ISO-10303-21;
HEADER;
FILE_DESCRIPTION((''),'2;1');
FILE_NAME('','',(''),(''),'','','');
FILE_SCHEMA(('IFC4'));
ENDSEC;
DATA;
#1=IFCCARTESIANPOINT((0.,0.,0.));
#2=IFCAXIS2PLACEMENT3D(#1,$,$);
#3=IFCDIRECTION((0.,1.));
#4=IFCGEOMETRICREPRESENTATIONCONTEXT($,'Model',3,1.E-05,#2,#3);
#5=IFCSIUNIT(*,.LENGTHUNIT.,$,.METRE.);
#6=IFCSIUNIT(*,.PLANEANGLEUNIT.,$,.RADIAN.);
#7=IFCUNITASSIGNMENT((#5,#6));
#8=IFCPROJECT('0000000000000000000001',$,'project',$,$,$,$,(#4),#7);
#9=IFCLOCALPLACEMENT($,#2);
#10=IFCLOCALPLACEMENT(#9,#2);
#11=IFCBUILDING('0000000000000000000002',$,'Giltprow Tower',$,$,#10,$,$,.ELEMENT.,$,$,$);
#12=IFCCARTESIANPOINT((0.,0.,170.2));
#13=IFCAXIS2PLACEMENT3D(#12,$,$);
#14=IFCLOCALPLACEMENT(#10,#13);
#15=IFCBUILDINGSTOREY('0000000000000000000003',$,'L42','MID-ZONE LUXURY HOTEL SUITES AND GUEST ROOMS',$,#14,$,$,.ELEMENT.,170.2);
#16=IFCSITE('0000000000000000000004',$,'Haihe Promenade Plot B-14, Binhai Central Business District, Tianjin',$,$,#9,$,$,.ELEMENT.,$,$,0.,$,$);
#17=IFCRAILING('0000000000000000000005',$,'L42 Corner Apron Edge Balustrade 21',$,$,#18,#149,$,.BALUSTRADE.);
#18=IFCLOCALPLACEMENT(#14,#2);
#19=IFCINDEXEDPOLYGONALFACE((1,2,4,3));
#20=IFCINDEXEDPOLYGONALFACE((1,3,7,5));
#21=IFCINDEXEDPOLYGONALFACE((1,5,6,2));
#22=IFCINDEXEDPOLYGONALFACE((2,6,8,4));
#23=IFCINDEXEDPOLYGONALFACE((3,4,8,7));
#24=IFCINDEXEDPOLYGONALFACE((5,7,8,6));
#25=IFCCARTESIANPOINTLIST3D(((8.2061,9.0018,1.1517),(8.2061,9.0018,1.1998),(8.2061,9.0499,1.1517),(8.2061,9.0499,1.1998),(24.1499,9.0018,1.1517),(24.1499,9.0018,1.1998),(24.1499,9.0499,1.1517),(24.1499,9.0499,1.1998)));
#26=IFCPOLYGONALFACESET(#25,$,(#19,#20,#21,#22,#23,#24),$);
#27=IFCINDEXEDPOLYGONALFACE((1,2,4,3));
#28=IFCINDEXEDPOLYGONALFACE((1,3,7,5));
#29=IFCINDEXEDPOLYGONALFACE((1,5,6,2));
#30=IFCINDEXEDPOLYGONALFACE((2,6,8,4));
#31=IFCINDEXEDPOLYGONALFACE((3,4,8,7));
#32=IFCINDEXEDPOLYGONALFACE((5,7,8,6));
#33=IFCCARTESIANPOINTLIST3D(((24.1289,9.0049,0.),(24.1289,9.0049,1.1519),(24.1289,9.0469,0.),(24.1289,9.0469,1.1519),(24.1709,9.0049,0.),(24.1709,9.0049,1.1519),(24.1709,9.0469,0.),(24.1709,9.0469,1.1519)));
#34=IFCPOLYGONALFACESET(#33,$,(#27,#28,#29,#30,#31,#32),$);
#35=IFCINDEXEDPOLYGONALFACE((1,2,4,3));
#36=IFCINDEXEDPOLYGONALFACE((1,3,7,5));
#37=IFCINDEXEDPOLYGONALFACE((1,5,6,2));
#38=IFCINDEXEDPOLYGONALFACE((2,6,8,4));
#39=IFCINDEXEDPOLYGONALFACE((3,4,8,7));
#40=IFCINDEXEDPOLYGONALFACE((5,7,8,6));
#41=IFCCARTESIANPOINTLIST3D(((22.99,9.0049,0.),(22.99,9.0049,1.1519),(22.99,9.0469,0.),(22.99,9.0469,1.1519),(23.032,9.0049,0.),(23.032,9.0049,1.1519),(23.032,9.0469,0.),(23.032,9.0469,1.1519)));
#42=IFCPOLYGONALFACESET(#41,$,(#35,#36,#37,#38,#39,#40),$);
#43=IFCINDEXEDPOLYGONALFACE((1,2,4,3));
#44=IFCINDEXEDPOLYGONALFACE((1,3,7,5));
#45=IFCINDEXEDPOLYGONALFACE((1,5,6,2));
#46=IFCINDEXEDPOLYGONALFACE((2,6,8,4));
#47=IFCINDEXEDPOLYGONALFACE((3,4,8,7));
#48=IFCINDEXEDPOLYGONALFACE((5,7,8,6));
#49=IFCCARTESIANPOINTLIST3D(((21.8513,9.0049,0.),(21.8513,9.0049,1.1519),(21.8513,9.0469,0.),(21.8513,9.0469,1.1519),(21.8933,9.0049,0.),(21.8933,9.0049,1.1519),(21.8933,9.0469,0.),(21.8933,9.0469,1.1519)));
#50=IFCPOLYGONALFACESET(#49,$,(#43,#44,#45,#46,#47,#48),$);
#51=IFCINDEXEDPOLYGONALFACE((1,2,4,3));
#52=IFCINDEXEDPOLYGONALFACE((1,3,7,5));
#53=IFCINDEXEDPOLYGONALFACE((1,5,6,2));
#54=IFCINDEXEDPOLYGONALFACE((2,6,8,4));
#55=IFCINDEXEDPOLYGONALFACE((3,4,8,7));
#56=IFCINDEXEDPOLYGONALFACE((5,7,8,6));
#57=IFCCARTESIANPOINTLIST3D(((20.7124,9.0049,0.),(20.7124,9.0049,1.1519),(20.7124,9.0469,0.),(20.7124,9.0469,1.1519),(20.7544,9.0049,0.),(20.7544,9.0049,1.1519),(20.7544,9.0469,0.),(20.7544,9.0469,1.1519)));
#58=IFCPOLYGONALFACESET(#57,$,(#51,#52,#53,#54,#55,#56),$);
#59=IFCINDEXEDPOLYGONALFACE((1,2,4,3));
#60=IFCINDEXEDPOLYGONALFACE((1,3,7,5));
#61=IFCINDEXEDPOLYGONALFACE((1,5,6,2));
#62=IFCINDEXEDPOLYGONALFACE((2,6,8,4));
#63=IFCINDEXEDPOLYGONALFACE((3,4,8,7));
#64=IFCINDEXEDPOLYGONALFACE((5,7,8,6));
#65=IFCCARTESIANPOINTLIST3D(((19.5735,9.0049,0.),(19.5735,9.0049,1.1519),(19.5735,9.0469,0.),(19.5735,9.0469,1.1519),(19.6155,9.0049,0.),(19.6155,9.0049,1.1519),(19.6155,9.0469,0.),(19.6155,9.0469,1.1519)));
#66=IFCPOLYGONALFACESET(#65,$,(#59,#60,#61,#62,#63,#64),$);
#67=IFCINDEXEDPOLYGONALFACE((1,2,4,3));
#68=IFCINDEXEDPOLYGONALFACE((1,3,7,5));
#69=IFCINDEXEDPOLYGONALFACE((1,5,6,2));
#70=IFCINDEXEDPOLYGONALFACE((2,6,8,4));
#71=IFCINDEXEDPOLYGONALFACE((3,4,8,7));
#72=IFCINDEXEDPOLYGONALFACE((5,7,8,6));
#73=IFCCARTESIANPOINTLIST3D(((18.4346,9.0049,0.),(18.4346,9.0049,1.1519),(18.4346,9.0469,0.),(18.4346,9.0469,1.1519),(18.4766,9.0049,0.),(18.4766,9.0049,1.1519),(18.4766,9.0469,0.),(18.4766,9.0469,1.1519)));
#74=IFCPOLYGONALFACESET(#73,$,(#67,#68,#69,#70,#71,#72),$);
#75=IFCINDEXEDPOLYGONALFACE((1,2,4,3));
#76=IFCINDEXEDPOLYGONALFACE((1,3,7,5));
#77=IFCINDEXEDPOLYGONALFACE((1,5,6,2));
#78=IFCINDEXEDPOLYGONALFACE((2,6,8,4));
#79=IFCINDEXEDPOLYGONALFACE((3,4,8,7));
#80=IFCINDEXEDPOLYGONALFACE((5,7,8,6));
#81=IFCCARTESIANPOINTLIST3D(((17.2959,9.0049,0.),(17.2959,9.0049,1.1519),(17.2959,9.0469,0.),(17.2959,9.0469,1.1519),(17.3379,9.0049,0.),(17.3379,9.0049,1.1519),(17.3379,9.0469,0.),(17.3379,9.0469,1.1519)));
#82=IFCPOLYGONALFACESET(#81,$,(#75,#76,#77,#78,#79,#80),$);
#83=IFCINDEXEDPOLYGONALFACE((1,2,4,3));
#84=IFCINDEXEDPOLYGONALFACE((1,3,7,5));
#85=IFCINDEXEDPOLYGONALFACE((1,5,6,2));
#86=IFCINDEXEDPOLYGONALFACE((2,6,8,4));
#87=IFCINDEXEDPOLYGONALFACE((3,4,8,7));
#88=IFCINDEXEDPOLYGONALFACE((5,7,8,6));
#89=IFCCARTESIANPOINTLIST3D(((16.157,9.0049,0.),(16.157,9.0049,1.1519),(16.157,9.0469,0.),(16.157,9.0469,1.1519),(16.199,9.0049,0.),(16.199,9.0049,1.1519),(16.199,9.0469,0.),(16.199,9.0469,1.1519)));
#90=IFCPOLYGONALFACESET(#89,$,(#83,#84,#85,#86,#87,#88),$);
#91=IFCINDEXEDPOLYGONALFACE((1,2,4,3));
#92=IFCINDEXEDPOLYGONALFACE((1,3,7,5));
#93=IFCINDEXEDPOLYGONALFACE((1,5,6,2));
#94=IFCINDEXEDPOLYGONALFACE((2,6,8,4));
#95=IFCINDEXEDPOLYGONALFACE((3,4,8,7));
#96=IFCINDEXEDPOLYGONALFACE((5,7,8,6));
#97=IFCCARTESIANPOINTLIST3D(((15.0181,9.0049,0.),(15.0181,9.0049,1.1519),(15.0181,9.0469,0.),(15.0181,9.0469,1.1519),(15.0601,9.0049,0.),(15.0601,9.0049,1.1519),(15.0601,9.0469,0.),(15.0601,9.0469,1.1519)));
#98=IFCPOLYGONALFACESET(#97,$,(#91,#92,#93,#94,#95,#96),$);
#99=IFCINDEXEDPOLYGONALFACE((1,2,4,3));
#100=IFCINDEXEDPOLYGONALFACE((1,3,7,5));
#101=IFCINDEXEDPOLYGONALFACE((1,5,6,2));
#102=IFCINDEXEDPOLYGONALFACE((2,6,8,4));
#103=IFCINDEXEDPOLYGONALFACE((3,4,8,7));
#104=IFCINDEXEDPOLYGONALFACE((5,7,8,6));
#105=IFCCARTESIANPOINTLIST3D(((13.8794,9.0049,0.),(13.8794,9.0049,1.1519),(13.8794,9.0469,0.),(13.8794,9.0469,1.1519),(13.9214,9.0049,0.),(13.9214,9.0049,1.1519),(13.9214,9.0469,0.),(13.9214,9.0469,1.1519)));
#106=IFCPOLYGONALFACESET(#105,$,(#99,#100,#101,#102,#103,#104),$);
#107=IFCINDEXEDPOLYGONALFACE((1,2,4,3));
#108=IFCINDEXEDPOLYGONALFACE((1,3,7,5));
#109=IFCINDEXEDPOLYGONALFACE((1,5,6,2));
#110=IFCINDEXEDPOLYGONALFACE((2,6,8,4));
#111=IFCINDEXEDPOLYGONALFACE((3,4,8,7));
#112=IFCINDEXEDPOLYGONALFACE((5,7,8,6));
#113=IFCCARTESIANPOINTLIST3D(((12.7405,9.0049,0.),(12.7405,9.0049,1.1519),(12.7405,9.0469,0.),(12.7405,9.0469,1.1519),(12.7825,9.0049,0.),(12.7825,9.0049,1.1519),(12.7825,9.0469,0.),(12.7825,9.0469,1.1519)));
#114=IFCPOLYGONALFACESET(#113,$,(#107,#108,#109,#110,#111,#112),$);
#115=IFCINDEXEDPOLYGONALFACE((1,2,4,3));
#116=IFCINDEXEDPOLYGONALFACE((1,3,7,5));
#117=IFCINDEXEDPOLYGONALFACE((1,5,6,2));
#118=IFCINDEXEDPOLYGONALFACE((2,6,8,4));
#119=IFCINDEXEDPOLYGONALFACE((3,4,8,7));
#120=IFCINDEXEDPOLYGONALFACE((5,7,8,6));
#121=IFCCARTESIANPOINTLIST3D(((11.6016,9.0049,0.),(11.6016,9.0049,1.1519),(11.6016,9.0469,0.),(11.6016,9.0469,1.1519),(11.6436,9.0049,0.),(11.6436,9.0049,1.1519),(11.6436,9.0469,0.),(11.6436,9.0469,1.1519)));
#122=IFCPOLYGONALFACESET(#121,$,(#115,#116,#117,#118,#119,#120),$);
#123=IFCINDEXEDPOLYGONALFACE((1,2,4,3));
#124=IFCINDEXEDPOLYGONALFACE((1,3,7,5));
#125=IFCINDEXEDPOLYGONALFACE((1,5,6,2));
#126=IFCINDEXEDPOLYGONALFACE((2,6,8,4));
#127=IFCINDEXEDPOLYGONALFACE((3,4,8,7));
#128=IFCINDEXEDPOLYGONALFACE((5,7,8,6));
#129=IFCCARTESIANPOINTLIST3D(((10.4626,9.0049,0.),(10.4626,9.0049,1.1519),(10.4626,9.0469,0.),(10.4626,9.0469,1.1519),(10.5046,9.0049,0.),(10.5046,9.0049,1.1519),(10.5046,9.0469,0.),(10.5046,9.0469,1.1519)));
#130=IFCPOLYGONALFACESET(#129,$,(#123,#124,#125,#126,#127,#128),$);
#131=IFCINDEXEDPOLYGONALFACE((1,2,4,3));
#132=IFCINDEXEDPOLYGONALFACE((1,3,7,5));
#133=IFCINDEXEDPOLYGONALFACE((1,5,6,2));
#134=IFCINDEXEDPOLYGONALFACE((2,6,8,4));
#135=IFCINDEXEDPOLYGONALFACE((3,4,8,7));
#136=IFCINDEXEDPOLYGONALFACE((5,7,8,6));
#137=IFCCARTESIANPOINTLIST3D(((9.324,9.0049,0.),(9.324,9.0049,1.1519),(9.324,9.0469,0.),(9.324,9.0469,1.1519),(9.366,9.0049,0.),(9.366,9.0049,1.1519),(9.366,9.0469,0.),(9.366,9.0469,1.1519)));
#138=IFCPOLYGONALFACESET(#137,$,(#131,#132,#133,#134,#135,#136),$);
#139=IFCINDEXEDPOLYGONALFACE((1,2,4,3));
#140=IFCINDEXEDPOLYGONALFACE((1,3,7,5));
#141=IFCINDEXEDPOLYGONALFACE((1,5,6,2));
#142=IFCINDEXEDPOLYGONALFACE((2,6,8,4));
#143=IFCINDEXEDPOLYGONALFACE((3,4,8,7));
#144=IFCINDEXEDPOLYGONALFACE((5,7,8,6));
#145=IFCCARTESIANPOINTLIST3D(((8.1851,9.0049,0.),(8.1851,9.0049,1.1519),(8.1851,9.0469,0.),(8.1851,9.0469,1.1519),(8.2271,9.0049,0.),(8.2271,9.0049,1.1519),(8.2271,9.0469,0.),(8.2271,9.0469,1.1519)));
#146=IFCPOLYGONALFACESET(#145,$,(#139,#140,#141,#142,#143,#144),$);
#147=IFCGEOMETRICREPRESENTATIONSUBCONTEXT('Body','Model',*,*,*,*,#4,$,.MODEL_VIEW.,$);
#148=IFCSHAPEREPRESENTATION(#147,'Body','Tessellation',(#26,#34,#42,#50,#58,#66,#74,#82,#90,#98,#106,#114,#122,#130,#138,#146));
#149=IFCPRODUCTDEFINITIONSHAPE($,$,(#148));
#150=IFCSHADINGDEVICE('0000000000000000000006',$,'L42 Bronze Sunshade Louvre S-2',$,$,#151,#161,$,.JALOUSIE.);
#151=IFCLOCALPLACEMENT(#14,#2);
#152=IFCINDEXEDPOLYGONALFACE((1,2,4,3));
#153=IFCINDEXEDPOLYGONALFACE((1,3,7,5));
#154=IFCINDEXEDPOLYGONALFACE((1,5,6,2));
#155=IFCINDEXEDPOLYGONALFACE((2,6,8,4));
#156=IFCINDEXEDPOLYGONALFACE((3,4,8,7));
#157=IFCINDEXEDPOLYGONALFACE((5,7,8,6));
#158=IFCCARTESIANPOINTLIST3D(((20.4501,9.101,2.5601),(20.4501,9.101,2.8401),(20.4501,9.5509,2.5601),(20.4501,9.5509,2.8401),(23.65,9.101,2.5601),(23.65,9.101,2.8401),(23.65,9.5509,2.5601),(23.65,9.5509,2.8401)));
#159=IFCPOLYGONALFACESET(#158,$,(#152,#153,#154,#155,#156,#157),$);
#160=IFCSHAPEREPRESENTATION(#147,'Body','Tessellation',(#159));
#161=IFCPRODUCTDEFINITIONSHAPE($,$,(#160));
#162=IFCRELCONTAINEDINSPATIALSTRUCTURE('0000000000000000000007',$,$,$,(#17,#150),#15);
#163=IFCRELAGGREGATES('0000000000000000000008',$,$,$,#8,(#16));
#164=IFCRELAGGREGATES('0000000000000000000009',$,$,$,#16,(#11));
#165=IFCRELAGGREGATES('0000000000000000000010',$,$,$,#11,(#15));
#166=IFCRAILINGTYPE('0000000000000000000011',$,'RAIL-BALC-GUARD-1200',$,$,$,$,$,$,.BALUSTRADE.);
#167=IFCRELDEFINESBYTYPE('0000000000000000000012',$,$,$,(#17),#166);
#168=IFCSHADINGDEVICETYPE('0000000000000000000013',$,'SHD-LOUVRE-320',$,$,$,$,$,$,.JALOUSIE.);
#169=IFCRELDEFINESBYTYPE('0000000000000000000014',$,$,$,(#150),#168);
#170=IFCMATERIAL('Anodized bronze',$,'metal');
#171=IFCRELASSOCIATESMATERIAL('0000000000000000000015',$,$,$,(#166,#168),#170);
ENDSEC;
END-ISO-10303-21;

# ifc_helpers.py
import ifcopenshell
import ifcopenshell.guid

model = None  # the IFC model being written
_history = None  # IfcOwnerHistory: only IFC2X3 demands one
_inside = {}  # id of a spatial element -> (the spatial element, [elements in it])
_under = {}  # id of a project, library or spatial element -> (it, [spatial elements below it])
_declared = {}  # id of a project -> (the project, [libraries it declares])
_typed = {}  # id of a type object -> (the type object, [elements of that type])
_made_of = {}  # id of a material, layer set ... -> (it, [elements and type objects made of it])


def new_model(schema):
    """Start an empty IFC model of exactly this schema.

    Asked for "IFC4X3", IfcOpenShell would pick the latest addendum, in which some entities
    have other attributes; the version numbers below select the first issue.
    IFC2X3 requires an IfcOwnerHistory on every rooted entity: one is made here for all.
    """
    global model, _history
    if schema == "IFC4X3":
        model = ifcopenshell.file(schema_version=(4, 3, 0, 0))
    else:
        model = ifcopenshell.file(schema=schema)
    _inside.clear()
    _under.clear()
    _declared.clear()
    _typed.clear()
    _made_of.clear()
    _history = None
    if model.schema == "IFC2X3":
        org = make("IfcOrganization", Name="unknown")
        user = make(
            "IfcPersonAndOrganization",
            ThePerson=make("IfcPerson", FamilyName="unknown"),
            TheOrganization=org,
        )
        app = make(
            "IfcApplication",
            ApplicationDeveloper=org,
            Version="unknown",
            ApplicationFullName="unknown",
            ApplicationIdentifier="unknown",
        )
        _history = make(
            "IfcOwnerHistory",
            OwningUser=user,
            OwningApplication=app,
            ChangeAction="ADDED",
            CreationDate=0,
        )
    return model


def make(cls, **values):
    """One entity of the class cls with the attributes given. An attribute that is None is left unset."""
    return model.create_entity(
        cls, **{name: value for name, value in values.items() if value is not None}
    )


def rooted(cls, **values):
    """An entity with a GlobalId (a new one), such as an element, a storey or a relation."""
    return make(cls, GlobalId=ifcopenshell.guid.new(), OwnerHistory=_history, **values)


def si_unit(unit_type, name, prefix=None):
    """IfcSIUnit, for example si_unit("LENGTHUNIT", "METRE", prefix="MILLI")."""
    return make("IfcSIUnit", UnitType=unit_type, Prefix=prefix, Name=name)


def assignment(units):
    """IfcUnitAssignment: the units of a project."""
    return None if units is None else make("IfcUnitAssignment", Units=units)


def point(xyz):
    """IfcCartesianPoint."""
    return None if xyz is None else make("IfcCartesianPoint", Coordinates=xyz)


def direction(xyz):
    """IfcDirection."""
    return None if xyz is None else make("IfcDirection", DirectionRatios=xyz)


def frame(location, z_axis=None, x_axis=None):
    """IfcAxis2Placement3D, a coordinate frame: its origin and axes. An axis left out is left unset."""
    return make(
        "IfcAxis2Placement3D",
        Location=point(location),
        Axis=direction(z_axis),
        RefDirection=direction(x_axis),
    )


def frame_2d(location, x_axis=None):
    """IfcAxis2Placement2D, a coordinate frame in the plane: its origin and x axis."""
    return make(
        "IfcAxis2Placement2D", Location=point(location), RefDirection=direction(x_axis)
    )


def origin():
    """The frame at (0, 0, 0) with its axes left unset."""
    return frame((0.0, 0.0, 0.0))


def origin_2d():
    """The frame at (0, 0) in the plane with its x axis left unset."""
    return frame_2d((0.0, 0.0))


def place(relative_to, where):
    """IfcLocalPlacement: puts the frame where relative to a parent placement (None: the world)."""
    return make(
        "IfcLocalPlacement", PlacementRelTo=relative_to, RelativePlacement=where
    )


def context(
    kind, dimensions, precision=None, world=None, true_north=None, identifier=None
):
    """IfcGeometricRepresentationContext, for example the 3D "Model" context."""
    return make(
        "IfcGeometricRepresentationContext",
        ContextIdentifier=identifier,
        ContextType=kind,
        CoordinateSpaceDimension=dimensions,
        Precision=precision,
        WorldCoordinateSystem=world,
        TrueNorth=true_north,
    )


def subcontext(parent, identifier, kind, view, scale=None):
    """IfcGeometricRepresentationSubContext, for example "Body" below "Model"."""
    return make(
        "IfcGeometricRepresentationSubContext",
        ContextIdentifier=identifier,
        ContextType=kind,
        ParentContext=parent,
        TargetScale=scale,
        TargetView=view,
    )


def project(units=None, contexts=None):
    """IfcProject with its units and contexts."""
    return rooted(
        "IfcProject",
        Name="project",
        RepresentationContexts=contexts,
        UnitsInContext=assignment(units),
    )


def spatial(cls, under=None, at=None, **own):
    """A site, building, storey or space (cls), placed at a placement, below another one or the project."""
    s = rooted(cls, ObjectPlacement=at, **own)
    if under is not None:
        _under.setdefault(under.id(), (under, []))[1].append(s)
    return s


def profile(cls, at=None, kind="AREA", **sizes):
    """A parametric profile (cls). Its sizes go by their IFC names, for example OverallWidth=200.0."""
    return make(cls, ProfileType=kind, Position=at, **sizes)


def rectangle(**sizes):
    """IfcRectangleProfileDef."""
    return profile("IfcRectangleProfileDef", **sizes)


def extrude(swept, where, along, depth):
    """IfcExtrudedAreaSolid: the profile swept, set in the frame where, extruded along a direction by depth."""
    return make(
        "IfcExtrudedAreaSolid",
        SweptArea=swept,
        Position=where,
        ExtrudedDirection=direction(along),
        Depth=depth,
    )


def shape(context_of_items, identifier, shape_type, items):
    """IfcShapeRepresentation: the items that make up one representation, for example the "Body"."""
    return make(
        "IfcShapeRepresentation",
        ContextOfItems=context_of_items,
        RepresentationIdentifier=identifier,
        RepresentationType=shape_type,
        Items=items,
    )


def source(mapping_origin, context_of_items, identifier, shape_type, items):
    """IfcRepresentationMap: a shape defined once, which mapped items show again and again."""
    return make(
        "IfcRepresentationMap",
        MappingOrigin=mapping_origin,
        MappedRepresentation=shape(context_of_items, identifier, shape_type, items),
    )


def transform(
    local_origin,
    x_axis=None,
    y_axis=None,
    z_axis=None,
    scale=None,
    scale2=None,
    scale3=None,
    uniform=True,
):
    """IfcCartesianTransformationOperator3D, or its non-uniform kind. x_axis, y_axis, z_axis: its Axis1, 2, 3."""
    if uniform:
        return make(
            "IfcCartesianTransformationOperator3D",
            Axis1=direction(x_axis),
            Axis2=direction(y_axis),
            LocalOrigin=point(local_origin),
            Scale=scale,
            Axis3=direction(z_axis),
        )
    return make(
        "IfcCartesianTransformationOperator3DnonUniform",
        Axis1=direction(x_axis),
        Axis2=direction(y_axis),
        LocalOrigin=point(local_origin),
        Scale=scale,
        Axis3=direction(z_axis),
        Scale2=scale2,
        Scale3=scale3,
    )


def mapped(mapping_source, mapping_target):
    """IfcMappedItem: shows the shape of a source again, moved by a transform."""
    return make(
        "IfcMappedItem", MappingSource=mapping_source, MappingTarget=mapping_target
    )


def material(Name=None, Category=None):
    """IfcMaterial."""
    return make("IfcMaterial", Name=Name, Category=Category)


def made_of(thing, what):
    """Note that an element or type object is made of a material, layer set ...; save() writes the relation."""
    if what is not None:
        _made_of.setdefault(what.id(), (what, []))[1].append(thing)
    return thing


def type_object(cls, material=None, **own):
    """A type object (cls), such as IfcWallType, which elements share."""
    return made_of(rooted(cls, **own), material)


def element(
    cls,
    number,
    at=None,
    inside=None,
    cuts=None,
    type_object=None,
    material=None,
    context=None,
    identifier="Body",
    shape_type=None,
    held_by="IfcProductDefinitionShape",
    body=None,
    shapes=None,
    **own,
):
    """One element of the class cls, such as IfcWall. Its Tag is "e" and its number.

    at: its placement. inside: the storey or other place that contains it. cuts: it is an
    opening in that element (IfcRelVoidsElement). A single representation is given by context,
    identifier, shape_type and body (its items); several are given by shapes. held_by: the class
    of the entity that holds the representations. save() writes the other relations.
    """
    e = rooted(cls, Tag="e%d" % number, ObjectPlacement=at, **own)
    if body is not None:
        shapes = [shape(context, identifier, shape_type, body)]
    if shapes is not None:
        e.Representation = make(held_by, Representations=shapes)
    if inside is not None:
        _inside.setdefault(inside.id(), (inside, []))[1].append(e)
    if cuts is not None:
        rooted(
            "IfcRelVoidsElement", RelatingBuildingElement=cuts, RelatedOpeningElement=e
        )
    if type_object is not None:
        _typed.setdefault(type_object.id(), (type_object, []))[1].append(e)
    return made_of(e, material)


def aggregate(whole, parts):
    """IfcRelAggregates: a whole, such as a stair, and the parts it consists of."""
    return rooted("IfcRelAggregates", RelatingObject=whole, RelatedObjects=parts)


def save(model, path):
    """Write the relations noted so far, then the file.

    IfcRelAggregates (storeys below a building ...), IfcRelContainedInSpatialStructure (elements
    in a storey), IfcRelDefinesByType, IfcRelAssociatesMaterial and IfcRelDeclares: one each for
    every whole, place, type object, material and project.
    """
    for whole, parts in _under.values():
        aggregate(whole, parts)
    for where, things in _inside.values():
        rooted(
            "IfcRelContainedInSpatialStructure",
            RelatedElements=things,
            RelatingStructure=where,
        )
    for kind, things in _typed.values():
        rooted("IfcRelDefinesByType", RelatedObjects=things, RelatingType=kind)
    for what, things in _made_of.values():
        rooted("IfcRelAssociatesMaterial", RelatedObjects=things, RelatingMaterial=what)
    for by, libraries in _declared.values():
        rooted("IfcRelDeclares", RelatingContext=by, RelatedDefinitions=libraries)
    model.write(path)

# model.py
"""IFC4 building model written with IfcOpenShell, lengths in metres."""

from ifc_helpers import new_model, si_unit, direction, frame, origin, origin_2d, place, context, subcontext, project, spatial, rectangle, extrude, source, transform, mapped, material, type_object, element, save


model = new_model("IFC4")

# Units and contexts
model_context = context("Model", 3, precision=1e-05, world=origin(), true_north=direction((0.0, 1.0)))
body_context = subcontext(model_context, "Body", "Model", "MODEL_VIEW")
ifc_project = project(units=[si_unit("LENGTHUNIT", "METRE"), si_unit("PLANEANGLEUNIT", "RADIAN")], contexts=[model_context])

# Site, building, storey
site_placement = place(None, origin())
site = spatial("IfcSite", under=ifc_project, at=site_placement, Name="Haihe Promenade Plot B-14, Binhai Central Business District, Tianjin", CompositionType="ELEMENT", RefElevation=0.0)
building_placement = place(site_placement, origin())
building = spatial("IfcBuilding", under=site, at=building_placement, Name="Giltprow Tower", CompositionType="ELEMENT")
storey_placement = place(building_placement, frame((0.0, 0.0, 170.2)))
storey = spatial("IfcBuildingStorey", under=building, at=storey_placement, Name="L42", Description="MID-ZONE LUXURY HOTEL SUITES AND GUEST ROOMS", CompositionType="ELEMENT", Elevation=170.2)

# Shared definitions
ifc_material_1 = material(Name="Anodized bronze", Category="metal")

# Railing
railing_type = type_object("IfcRailingType", Name="RAIL-BALC-GUARD-1200", PredefinedType="BALUSTRADE", material=ifc_material_1)
railing_1_placement = place(storey_placement, frame((24.1499, 9.0259, 0.0)))
element("IfcRailing", 1, at=railing_1_placement, inside=storey, type_object=railing_type, Name="L42 Corner Apron Edge Balustrade 21", PredefinedType="BALUSTRADE", context=body_context, shape_type="SweptSolid", body=[
    extrude(rectangle(XDim=0.0481, YDim=0.0481, at=origin_2d()), frame((0.0, 0.0, 1.1758), z_axis=(-1.0, 0.0, 0.0), x_axis=(0.0, -1.0, 0.0)), (0.0, 0.0, 1.0), 15.9438),
    extrude(rectangle(XDim=0.042, YDim=0.042, at=origin_2d()), origin(), (0.0, 0.0, 1.0), 1.1519),
    extrude(rectangle(XDim=0.042, YDim=0.042, at=origin_2d()), frame((-1.1389, 0.0, 0.0)), (0.0, 0.0, 1.0), 1.1519),
    extrude(rectangle(XDim=0.042, YDim=0.042, at=origin_2d()), frame((-2.2776, 0.0, 0.0)), (0.0, 0.0, 1.0), 1.1519),
    extrude(rectangle(XDim=0.042, YDim=0.042, at=origin_2d()), frame((-3.4165, 0.0, 0.0)), (0.0, 0.0, 1.0), 1.1519),
    extrude(rectangle(XDim=0.042, YDim=0.042, at=origin_2d()), frame((-4.5554, 0.0, 0.0)), (0.0, 0.0, 1.0), 1.1519),
    extrude(rectangle(XDim=0.042, YDim=0.042, at=origin_2d()), frame((-5.6943, 0.0, 0.0)), (0.0, 0.0, 1.0), 1.1519),
    extrude(rectangle(XDim=0.042, YDim=0.042, at=origin_2d()), frame((-6.833, 0.0, 0.0)), (0.0, 0.0, 1.0), 1.1519),
    extrude(rectangle(XDim=0.042, YDim=0.042, at=origin_2d()), frame((-7.9719, 0.0, 0.0)), (0.0, 0.0, 1.0), 1.1519),
    extrude(rectangle(XDim=0.042, YDim=0.042, at=origin_2d()), frame((-9.1108, 0.0, 0.0)), (0.0, 0.0, 1.0), 1.1519),
    extrude(rectangle(XDim=0.042, YDim=0.042, at=origin_2d()), frame((-10.2495, 0.0, 0.0)), (0.0, 0.0, 1.0), 1.1519),
    extrude(rectangle(XDim=0.042, YDim=0.042, at=origin_2d()), frame((-11.3884, 0.0, 0.0)), (0.0, 0.0, 1.0), 1.1519),
    extrude(rectangle(XDim=0.042, YDim=0.042, at=origin_2d()), frame((-12.5273, 0.0, 0.0)), (0.0, 0.0, 1.0), 1.1519),
    extrude(rectangle(XDim=0.042, YDim=0.042, at=origin_2d()), frame((-13.6663, 0.0, 0.0)), (0.0, 0.0, 1.0), 1.1519),
    extrude(rectangle(XDim=0.042, YDim=0.042, at=origin_2d()), frame((-14.8049, 0.0, 0.0)), (0.0, 0.0, 1.0), 1.1519),
    extrude(rectangle(XDim=0.042, YDim=0.042, at=origin_2d()), frame((-15.9438, 0.0, 0.0)), (0.0, 0.0, 1.0), 1.1519),
])

# Shading device
shading_device_type = type_object("IfcShadingDeviceType", Name="SHD-LOUVRE-320", PredefinedType="JALOUSIE", material=ifc_material_1)
shared_shape_1 = source(origin(), body_context, "Body", "SweptSolid", [
    extrude(rectangle(XDim=3.2, YDim=0.45, at=origin_2d()), origin(), (0.0, 0.0, 1.0), 0.28),
])
shading_device_placement = place(storey_placement, frame((22.05, 9.3259, 2.5601), z_axis=(0.0, 0.0, 1.0), x_axis=(1.0, 0.0, 0.0)))
element("IfcShadingDevice", 2, at=shading_device_placement, inside=storey, type_object=shading_device_type, Name="L42 Bronze Sunshade Louvre S-2", PredefinedType="JALOUSIE", context=body_context, shape_type="MappedRepresentation", body=[
    mapped(shared_shape_1, transform((0.0, 0.0, 0.0), x_axis=(1.0, 0.0, 0.0), y_axis=(0.0, 1.0, 0.0), z_axis=(0.0, 0.0, 1.0), scale=1.0)),
])

save(model, "model.ifc")
